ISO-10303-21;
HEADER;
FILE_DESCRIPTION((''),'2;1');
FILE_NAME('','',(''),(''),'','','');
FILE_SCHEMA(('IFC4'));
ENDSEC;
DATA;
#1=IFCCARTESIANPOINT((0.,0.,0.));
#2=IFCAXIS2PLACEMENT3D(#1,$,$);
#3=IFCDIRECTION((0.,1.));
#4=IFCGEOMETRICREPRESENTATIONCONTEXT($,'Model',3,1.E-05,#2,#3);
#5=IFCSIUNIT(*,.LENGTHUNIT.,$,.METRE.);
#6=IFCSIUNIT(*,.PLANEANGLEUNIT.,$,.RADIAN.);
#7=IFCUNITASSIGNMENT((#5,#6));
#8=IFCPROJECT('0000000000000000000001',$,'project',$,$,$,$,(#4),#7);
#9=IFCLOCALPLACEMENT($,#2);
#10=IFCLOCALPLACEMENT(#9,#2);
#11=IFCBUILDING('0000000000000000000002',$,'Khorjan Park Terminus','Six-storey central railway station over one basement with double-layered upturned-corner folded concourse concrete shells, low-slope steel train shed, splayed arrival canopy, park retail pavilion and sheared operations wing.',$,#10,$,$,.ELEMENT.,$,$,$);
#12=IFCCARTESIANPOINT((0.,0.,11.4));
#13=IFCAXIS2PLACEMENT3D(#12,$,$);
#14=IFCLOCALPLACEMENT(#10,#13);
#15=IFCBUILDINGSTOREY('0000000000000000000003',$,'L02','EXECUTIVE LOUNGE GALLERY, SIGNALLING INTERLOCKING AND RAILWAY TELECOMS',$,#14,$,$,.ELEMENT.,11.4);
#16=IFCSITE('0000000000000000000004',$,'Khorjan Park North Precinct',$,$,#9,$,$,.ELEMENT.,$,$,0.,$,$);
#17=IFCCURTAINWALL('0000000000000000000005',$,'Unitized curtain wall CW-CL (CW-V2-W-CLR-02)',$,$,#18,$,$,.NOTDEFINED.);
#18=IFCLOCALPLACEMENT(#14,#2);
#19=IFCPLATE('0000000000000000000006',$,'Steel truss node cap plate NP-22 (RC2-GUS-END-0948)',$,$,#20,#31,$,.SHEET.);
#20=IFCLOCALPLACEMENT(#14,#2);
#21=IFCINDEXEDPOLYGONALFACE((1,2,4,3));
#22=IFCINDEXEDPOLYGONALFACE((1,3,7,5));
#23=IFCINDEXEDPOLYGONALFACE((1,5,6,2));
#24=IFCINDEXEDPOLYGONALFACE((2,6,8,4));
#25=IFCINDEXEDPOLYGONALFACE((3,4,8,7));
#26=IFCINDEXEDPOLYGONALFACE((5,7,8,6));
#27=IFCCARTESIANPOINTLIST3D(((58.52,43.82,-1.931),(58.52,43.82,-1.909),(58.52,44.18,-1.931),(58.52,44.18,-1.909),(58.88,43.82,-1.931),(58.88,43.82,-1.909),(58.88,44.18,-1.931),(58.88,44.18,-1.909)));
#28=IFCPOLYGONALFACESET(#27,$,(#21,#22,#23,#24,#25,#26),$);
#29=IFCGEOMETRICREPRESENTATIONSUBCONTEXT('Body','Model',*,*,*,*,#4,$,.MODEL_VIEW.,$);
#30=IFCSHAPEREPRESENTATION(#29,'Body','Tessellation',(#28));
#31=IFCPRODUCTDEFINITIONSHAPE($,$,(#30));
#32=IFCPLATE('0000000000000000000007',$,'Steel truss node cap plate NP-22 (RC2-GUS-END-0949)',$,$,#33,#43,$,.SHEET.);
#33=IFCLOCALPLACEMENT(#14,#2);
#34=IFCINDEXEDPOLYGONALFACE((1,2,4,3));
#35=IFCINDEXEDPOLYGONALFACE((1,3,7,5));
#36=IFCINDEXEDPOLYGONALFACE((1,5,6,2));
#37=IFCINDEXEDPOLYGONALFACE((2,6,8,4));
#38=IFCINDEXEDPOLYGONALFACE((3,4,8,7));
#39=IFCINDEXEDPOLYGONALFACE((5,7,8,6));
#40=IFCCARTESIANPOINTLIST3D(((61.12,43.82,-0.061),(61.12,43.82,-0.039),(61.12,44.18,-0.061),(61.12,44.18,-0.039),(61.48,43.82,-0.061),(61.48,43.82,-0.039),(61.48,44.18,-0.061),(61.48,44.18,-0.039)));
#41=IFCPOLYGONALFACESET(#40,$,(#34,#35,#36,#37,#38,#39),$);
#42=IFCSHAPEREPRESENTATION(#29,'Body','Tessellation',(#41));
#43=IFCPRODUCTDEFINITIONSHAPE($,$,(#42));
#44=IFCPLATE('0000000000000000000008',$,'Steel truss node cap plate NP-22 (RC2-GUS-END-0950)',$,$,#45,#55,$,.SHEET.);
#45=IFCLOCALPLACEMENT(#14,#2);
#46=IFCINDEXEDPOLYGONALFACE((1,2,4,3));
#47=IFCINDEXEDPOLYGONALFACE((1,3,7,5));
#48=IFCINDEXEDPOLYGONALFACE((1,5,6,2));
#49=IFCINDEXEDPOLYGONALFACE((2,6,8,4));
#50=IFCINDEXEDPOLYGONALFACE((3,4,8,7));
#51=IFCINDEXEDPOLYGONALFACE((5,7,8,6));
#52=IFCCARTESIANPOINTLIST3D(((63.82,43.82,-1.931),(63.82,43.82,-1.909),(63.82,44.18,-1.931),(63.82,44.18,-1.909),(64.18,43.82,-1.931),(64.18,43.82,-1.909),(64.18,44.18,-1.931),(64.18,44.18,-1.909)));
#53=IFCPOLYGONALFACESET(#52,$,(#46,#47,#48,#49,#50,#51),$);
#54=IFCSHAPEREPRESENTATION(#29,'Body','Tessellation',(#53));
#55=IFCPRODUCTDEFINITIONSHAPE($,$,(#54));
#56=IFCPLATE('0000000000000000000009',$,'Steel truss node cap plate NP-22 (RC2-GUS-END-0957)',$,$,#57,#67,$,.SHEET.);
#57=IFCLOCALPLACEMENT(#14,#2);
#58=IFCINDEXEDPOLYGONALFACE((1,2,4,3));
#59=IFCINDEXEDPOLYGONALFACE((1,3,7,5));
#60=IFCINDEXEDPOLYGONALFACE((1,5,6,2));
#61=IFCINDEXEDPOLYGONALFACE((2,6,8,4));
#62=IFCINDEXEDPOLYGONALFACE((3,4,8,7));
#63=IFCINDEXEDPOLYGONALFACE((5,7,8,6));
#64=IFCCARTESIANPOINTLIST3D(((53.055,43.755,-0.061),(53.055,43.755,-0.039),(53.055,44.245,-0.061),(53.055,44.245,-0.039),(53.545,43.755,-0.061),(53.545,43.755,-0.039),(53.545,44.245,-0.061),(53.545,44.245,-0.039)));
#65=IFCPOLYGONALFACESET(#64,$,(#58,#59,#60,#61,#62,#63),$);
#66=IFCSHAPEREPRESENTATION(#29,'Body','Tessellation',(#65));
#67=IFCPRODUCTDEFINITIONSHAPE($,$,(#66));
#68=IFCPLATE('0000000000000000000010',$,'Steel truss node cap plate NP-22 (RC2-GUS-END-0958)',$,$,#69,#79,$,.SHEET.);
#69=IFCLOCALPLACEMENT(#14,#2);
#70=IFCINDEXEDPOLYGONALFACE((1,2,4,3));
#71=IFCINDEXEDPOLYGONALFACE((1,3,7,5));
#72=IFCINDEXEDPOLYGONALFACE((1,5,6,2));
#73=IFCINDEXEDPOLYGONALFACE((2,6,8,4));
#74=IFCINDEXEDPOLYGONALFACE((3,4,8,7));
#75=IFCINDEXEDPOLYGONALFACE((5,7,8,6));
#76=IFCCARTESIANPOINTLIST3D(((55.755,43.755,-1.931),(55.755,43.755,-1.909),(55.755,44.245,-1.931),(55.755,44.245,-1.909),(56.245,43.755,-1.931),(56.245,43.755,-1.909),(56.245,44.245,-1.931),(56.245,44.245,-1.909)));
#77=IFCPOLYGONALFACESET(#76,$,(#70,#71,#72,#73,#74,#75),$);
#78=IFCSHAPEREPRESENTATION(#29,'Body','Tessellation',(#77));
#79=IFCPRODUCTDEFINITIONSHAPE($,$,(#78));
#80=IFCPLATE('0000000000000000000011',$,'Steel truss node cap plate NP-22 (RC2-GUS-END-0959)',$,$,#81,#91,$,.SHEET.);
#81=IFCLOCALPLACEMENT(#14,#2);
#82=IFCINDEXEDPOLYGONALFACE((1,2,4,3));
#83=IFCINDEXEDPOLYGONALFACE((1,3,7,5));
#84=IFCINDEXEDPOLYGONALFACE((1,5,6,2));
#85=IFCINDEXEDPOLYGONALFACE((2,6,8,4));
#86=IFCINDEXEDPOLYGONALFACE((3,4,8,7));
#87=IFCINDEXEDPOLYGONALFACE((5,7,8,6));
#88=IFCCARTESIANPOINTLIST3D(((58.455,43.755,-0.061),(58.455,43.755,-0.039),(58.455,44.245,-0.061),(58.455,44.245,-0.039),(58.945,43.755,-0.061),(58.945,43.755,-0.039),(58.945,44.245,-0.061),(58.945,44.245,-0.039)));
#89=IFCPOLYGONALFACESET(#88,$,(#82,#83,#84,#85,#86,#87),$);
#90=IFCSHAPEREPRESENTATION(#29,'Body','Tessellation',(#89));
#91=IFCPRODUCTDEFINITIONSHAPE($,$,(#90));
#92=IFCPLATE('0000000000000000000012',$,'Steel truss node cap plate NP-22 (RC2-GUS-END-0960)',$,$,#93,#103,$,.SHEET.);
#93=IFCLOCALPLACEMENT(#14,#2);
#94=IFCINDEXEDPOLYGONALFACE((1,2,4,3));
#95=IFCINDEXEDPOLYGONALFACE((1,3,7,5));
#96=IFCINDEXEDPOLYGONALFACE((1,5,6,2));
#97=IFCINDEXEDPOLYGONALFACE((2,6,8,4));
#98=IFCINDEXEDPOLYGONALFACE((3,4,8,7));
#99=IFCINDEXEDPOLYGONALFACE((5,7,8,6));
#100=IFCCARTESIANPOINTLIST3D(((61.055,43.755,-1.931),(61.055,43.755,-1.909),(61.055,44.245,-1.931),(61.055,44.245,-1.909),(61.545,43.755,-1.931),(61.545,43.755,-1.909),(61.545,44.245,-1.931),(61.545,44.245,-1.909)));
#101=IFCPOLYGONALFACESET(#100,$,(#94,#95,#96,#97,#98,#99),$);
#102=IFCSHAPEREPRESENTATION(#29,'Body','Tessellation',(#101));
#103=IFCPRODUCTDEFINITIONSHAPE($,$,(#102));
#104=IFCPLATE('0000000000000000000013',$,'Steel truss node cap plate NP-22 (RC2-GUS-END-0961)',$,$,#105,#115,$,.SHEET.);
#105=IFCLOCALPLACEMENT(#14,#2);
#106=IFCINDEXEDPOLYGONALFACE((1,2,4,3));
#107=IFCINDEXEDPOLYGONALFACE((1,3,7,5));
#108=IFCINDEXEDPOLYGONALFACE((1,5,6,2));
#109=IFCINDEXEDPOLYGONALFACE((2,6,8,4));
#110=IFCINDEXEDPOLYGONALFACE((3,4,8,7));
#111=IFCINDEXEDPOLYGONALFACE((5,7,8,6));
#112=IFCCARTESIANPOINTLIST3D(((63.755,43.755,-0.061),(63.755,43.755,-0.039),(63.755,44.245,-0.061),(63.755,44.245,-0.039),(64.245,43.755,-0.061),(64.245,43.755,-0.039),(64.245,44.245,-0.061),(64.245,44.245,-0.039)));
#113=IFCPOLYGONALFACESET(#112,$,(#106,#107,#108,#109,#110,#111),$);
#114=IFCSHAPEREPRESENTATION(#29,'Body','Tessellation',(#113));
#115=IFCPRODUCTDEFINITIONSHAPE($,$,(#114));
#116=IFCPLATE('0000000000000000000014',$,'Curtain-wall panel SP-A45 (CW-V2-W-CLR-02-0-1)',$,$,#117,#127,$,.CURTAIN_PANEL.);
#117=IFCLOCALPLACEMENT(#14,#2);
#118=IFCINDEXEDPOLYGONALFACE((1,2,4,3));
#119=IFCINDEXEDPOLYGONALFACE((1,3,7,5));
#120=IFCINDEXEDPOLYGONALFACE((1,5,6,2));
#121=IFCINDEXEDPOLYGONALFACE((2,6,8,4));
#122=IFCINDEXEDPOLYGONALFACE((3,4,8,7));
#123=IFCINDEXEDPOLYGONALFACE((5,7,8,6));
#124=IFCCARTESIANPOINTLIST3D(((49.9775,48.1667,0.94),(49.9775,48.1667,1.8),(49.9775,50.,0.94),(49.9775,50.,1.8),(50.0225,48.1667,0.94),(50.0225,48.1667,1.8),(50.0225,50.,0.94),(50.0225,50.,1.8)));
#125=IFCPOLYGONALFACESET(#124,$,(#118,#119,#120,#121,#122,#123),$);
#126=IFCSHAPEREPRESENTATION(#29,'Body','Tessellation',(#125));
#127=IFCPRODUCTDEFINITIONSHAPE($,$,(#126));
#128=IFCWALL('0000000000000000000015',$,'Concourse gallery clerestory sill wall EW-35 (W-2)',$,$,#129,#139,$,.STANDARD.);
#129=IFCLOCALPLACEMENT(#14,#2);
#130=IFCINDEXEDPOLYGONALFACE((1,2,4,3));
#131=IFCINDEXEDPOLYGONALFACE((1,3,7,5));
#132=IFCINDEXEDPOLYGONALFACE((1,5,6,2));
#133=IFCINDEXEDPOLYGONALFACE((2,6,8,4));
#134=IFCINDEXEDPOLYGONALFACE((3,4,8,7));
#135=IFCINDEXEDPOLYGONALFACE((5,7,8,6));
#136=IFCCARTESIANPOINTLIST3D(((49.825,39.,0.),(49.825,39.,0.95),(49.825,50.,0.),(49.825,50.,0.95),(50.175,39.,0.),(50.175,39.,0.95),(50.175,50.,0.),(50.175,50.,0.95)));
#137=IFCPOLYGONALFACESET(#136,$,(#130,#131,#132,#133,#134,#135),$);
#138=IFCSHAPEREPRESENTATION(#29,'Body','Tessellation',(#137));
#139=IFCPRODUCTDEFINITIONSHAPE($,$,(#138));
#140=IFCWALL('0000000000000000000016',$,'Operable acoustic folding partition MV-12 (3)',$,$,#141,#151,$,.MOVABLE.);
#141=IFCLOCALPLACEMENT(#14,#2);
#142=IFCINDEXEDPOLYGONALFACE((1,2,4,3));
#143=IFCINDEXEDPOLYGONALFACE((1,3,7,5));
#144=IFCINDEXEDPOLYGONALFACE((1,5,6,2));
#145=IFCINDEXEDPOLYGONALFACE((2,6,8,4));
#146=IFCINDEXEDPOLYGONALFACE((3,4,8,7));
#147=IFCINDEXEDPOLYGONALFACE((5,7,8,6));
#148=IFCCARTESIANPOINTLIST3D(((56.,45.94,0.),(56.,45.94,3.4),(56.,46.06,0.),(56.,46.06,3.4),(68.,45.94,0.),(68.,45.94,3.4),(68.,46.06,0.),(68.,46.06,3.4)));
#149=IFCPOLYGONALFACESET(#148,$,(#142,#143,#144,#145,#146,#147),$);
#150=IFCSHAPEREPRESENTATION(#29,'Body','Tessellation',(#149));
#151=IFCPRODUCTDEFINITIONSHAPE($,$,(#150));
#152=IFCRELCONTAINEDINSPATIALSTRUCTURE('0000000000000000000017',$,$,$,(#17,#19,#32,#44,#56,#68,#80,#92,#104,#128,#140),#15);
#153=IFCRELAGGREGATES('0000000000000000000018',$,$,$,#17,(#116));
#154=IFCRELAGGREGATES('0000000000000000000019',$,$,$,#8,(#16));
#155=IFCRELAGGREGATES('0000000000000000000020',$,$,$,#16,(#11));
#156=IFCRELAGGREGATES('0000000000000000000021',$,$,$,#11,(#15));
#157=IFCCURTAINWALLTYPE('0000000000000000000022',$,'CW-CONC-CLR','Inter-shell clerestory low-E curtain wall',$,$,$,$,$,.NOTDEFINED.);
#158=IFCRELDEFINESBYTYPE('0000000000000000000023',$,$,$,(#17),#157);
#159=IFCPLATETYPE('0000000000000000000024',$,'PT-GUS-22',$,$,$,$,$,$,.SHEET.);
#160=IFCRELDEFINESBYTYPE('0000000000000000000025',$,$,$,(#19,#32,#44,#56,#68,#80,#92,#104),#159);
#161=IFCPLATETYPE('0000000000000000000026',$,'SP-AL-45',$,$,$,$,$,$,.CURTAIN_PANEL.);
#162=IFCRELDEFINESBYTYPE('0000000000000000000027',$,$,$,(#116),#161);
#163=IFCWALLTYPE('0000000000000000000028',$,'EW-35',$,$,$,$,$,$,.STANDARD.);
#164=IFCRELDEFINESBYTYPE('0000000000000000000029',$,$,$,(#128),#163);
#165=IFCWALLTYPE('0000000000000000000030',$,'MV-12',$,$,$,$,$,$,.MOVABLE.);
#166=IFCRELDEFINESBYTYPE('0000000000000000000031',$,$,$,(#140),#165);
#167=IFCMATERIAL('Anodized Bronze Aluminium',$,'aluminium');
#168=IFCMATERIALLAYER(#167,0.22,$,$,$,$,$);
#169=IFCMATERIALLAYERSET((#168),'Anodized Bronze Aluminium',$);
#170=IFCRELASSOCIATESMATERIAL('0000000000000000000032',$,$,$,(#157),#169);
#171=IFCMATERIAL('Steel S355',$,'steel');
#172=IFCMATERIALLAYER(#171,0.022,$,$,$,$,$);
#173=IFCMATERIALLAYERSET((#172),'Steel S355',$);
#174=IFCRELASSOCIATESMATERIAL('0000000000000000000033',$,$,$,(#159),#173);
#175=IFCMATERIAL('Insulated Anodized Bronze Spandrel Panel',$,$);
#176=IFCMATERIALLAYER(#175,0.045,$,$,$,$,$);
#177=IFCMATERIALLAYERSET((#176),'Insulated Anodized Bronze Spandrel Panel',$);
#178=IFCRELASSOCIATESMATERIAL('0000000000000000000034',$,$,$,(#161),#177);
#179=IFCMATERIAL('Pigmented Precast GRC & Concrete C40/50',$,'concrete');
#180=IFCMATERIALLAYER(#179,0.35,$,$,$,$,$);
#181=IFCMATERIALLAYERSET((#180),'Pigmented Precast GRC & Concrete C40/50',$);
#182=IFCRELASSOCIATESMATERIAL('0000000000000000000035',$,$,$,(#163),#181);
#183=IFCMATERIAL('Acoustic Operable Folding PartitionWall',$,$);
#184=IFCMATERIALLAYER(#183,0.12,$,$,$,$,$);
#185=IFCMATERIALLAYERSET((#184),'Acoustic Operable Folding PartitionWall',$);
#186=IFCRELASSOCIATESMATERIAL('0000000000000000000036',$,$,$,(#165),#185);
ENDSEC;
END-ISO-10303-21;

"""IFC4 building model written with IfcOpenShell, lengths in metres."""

from ifc_helpers import new_model, si_unit, direction, frame, frame_2d, origin, origin_2d, place, context, subcontext, project, spatial, rectangle, extrude, material, layer, layer_set, type_object, element, aggregate, save


model = new_model("IFC4")

# Units and contexts
model_context = context("Model", 3, precision=1e-05, world=origin(), true_north=direction((0.0, 1.0)))
body_context = subcontext(model_context, "Body", "Model", "MODEL_VIEW")
ifc_project = project(units=[si_unit("LENGTHUNIT", "METRE"), si_unit("PLANEANGLEUNIT", "RADIAN")], contexts=[model_context])

# Site, building, storey
site_placement = place(None, origin())
site = spatial("IfcSite", under=ifc_project, at=site_placement, Name="Khorjan Park North Precinct", CompositionType="ELEMENT", RefElevation=0.0)
building_placement = place(site_placement, origin())
building = spatial("IfcBuilding", under=site, at=building_placement, Name="Khorjan Park Terminus", Description="Six-storey central railway station over one basement with double-layered upturned-corner folded concourse concrete shells, low-slope steel train shed, splayed arrival canopy, park retail pavilion and sheared operations wing.", CompositionType="ELEMENT")
storey_placement = place(building_placement, frame((0.0, 0.0, 11.4)))
storey = spatial("IfcBuildingStorey", under=building, at=storey_placement, Name="L02", Description="EXECUTIVE LOUNGE GALLERY, SIGNALLING INTERLOCKING AND RAILWAY TELECOMS", CompositionType="ELEMENT", Elevation=11.4)

# Shared definitions
ifc_material_1 = material(Name="Steel S355", Category="steel")

# Curtain wall
ifc_material_2 = material(Name="Anodized Bronze Aluminium", Category="aluminium")
ifc_layer_1 = layer(ifc_material_2, 0.22)
ifc_layer_set_1 = layer_set([ifc_layer_1], Name="Anodized Bronze Aluminium")
curtain_wall_type = type_object("IfcCurtainWallType", Name="CW-CONC-CLR", Description="Inter-shell clerestory low-E curtain wall", PredefinedType="NOTDEFINED", material=ifc_layer_set_1)
curtain_wall_placement = place(storey_placement, origin())
curtain_wall = element("IfcCurtainWall", 1, at=curtain_wall_placement, inside=storey, type_object=curtain_wall_type, Name="Unitized curtain wall CW-CL (CW-V2-W-CLR-02)", PredefinedType="NOTDEFINED")

# Plates
ifc_layer_2 = layer(ifc_material_1, 0.022)
ifc_layer_set_2 = layer_set([ifc_layer_2], Name="Steel S355")
plate_type_1 = type_object("IfcPlateType", Name="PT-GUS-22", PredefinedType="SHEET", material=ifc_layer_set_2)
for number, where, z_axis, x_axis, name in (
    (2, (58.7, 44.0, -1.931), (0.0, 0.0, 1.0), (1.0, 0.0, 0.0), "Steel truss node cap plate NP-22 (RC2-GUS-END-0948)"),
    (3, (61.3, 44.0, -0.061), (0.0, 0.0, 1.0), (1.0, 0.0, 0.0), "Steel truss node cap plate NP-22 (RC2-GUS-END-0949)"),
    (4, (64.0, 44.0, -1.931), (0.0, 0.0, 1.0), (1.0, 0.0, 0.0), "Steel truss node cap plate NP-22 (RC2-GUS-END-0950)"),
):
    element("IfcPlate", number, at=place(storey_placement, frame(where, z_axis=z_axis, x_axis=x_axis)), inside=storey, type_object=plate_type_1, Name=name, PredefinedType="SHEET", context=body_context, shape_type="SweptSolid", body=[
        extrude(rectangle(XDim=0.36, YDim=0.36, at=origin_2d()), origin(), (0.0, 0.0, 1.0), 0.022),
    ])
for number, where, z_axis, x_axis, name in (
    (5, (53.3, 44.0, -0.061), (0.0, 0.0, 1.0), (1.0, 0.0, 0.0), "Steel truss node cap plate NP-22 (RC2-GUS-END-0957)"),
    (6, (56.0, 44.0, -1.931), (0.0, 0.0, 1.0), (1.0, 0.0, 0.0), "Steel truss node cap plate NP-22 (RC2-GUS-END-0958)"),
    (7, (58.7, 44.0, -0.061), (0.0, 0.0, 1.0), (1.0, 0.0, 0.0), "Steel truss node cap plate NP-22 (RC2-GUS-END-0959)"),
    (8, (61.3, 44.0, -1.931), (0.0, 0.0, 1.0), (1.0, 0.0, 0.0), "Steel truss node cap plate NP-22 (RC2-GUS-END-0960)"),
    (9, (64.0, 44.0, -0.061), (0.0, 0.0, 1.0), (1.0, 0.0, 0.0), "Steel truss node cap plate NP-22 (RC2-GUS-END-0961)"),
):
    element("IfcPlate", number, at=place(storey_placement, frame(where, z_axis=z_axis, x_axis=x_axis)), inside=storey, type_object=plate_type_1, Name=name, PredefinedType="SHEET", context=body_context, shape_type="SweptSolid", body=[
        extrude(rectangle(XDim=0.49, YDim=0.49, at=origin_2d()), origin(), (0.0, 0.0, 1.0), 0.022),
    ])

# Plate
ifc_material_3 = material(Name="Insulated Anodized Bronze Spandrel Panel")
ifc_layer_3 = layer(ifc_material_3, 0.045)
ifc_layer_set_3 = layer_set([ifc_layer_3], Name="Insulated Anodized Bronze Spandrel Panel")
plate_type_2 = type_object("IfcPlateType", Name="SP-AL-45", PredefinedType="CURTAIN_PANEL", material=ifc_layer_set_3)
plate_1_placement = place(storey_placement, frame((50.0, 49.0833, 0.94), z_axis=(0.0, 0.0, 1.0), x_axis=(0.0, -1.0, 0.0)))
plate_1 = element("IfcPlate", 10, at=plate_1_placement, type_object=plate_type_2, Name="Curtain-wall panel SP-A45 (CW-V2-W-CLR-02-0-1)", PredefinedType="CURTAIN_PANEL", context=body_context, shape_type="SweptSolid", body=[
    extrude(rectangle(XDim=1.8333, YDim=0.045, at=origin_2d()), origin(), (0.0, 0.0, 1.0), 0.86),
])
aggregate(curtain_wall, [plate_1])

# Walls
ifc_material_4 = material(Name="Pigmented Precast GRC & Concrete C40/50", Category="concrete")
ifc_layer_4 = layer(ifc_material_4, 0.35)
ifc_layer_set_4 = layer_set([ifc_layer_4], Name="Pigmented Precast GRC & Concrete C40/50")
wall_type_1 = type_object("IfcWallType", Name="EW-35", PredefinedType="STANDARD", material=ifc_layer_set_4)
wall_1_placement = place(storey_placement, frame((50.0, 50.0, 0.0), z_axis=(0.0, 0.0, 1.0), x_axis=(0.0, -1.0, 0.0)))
element("IfcWall", 11, at=wall_1_placement, inside=storey, type_object=wall_type_1, Name="Concourse gallery clerestory sill wall EW-35 (W-2)", PredefinedType="STANDARD", context=body_context, shape_type="SweptSolid", body=[
    extrude(rectangle(XDim=11.0, YDim=0.35, at=frame_2d((5.5, 0.0))), origin(), (0.0, 0.0, 1.0), 0.95),
])
ifc_material_5 = material(Name="Acoustic Operable Folding PartitionWall")
ifc_layer_5 = layer(ifc_material_5, 0.12)
ifc_layer_set_5 = layer_set([ifc_layer_5], Name="Acoustic Operable Folding PartitionWall")
wall_type_2 = type_object("IfcWallType", Name="MV-12", PredefinedType="MOVABLE", material=ifc_layer_set_5)
wall_2_placement = place(storey_placement, frame((56.0, 46.0, 0.0), z_axis=(0.0, 0.0, 1.0), x_axis=(1.0, 0.0, 0.0)))
element("IfcWall", 12, at=wall_2_placement, inside=storey, type_object=wall_type_2, Name="Operable acoustic folding partition MV-12 (3)", PredefinedType="MOVABLE", context=body_context, shape_type="SweptSolid", body=[
    extrude(rectangle(XDim=12.0, YDim=0.12, at=frame_2d((6.0, 0.0))), origin(), (0.0, 0.0, 1.0), 3.4),
])

save(model, "model.ifc")
